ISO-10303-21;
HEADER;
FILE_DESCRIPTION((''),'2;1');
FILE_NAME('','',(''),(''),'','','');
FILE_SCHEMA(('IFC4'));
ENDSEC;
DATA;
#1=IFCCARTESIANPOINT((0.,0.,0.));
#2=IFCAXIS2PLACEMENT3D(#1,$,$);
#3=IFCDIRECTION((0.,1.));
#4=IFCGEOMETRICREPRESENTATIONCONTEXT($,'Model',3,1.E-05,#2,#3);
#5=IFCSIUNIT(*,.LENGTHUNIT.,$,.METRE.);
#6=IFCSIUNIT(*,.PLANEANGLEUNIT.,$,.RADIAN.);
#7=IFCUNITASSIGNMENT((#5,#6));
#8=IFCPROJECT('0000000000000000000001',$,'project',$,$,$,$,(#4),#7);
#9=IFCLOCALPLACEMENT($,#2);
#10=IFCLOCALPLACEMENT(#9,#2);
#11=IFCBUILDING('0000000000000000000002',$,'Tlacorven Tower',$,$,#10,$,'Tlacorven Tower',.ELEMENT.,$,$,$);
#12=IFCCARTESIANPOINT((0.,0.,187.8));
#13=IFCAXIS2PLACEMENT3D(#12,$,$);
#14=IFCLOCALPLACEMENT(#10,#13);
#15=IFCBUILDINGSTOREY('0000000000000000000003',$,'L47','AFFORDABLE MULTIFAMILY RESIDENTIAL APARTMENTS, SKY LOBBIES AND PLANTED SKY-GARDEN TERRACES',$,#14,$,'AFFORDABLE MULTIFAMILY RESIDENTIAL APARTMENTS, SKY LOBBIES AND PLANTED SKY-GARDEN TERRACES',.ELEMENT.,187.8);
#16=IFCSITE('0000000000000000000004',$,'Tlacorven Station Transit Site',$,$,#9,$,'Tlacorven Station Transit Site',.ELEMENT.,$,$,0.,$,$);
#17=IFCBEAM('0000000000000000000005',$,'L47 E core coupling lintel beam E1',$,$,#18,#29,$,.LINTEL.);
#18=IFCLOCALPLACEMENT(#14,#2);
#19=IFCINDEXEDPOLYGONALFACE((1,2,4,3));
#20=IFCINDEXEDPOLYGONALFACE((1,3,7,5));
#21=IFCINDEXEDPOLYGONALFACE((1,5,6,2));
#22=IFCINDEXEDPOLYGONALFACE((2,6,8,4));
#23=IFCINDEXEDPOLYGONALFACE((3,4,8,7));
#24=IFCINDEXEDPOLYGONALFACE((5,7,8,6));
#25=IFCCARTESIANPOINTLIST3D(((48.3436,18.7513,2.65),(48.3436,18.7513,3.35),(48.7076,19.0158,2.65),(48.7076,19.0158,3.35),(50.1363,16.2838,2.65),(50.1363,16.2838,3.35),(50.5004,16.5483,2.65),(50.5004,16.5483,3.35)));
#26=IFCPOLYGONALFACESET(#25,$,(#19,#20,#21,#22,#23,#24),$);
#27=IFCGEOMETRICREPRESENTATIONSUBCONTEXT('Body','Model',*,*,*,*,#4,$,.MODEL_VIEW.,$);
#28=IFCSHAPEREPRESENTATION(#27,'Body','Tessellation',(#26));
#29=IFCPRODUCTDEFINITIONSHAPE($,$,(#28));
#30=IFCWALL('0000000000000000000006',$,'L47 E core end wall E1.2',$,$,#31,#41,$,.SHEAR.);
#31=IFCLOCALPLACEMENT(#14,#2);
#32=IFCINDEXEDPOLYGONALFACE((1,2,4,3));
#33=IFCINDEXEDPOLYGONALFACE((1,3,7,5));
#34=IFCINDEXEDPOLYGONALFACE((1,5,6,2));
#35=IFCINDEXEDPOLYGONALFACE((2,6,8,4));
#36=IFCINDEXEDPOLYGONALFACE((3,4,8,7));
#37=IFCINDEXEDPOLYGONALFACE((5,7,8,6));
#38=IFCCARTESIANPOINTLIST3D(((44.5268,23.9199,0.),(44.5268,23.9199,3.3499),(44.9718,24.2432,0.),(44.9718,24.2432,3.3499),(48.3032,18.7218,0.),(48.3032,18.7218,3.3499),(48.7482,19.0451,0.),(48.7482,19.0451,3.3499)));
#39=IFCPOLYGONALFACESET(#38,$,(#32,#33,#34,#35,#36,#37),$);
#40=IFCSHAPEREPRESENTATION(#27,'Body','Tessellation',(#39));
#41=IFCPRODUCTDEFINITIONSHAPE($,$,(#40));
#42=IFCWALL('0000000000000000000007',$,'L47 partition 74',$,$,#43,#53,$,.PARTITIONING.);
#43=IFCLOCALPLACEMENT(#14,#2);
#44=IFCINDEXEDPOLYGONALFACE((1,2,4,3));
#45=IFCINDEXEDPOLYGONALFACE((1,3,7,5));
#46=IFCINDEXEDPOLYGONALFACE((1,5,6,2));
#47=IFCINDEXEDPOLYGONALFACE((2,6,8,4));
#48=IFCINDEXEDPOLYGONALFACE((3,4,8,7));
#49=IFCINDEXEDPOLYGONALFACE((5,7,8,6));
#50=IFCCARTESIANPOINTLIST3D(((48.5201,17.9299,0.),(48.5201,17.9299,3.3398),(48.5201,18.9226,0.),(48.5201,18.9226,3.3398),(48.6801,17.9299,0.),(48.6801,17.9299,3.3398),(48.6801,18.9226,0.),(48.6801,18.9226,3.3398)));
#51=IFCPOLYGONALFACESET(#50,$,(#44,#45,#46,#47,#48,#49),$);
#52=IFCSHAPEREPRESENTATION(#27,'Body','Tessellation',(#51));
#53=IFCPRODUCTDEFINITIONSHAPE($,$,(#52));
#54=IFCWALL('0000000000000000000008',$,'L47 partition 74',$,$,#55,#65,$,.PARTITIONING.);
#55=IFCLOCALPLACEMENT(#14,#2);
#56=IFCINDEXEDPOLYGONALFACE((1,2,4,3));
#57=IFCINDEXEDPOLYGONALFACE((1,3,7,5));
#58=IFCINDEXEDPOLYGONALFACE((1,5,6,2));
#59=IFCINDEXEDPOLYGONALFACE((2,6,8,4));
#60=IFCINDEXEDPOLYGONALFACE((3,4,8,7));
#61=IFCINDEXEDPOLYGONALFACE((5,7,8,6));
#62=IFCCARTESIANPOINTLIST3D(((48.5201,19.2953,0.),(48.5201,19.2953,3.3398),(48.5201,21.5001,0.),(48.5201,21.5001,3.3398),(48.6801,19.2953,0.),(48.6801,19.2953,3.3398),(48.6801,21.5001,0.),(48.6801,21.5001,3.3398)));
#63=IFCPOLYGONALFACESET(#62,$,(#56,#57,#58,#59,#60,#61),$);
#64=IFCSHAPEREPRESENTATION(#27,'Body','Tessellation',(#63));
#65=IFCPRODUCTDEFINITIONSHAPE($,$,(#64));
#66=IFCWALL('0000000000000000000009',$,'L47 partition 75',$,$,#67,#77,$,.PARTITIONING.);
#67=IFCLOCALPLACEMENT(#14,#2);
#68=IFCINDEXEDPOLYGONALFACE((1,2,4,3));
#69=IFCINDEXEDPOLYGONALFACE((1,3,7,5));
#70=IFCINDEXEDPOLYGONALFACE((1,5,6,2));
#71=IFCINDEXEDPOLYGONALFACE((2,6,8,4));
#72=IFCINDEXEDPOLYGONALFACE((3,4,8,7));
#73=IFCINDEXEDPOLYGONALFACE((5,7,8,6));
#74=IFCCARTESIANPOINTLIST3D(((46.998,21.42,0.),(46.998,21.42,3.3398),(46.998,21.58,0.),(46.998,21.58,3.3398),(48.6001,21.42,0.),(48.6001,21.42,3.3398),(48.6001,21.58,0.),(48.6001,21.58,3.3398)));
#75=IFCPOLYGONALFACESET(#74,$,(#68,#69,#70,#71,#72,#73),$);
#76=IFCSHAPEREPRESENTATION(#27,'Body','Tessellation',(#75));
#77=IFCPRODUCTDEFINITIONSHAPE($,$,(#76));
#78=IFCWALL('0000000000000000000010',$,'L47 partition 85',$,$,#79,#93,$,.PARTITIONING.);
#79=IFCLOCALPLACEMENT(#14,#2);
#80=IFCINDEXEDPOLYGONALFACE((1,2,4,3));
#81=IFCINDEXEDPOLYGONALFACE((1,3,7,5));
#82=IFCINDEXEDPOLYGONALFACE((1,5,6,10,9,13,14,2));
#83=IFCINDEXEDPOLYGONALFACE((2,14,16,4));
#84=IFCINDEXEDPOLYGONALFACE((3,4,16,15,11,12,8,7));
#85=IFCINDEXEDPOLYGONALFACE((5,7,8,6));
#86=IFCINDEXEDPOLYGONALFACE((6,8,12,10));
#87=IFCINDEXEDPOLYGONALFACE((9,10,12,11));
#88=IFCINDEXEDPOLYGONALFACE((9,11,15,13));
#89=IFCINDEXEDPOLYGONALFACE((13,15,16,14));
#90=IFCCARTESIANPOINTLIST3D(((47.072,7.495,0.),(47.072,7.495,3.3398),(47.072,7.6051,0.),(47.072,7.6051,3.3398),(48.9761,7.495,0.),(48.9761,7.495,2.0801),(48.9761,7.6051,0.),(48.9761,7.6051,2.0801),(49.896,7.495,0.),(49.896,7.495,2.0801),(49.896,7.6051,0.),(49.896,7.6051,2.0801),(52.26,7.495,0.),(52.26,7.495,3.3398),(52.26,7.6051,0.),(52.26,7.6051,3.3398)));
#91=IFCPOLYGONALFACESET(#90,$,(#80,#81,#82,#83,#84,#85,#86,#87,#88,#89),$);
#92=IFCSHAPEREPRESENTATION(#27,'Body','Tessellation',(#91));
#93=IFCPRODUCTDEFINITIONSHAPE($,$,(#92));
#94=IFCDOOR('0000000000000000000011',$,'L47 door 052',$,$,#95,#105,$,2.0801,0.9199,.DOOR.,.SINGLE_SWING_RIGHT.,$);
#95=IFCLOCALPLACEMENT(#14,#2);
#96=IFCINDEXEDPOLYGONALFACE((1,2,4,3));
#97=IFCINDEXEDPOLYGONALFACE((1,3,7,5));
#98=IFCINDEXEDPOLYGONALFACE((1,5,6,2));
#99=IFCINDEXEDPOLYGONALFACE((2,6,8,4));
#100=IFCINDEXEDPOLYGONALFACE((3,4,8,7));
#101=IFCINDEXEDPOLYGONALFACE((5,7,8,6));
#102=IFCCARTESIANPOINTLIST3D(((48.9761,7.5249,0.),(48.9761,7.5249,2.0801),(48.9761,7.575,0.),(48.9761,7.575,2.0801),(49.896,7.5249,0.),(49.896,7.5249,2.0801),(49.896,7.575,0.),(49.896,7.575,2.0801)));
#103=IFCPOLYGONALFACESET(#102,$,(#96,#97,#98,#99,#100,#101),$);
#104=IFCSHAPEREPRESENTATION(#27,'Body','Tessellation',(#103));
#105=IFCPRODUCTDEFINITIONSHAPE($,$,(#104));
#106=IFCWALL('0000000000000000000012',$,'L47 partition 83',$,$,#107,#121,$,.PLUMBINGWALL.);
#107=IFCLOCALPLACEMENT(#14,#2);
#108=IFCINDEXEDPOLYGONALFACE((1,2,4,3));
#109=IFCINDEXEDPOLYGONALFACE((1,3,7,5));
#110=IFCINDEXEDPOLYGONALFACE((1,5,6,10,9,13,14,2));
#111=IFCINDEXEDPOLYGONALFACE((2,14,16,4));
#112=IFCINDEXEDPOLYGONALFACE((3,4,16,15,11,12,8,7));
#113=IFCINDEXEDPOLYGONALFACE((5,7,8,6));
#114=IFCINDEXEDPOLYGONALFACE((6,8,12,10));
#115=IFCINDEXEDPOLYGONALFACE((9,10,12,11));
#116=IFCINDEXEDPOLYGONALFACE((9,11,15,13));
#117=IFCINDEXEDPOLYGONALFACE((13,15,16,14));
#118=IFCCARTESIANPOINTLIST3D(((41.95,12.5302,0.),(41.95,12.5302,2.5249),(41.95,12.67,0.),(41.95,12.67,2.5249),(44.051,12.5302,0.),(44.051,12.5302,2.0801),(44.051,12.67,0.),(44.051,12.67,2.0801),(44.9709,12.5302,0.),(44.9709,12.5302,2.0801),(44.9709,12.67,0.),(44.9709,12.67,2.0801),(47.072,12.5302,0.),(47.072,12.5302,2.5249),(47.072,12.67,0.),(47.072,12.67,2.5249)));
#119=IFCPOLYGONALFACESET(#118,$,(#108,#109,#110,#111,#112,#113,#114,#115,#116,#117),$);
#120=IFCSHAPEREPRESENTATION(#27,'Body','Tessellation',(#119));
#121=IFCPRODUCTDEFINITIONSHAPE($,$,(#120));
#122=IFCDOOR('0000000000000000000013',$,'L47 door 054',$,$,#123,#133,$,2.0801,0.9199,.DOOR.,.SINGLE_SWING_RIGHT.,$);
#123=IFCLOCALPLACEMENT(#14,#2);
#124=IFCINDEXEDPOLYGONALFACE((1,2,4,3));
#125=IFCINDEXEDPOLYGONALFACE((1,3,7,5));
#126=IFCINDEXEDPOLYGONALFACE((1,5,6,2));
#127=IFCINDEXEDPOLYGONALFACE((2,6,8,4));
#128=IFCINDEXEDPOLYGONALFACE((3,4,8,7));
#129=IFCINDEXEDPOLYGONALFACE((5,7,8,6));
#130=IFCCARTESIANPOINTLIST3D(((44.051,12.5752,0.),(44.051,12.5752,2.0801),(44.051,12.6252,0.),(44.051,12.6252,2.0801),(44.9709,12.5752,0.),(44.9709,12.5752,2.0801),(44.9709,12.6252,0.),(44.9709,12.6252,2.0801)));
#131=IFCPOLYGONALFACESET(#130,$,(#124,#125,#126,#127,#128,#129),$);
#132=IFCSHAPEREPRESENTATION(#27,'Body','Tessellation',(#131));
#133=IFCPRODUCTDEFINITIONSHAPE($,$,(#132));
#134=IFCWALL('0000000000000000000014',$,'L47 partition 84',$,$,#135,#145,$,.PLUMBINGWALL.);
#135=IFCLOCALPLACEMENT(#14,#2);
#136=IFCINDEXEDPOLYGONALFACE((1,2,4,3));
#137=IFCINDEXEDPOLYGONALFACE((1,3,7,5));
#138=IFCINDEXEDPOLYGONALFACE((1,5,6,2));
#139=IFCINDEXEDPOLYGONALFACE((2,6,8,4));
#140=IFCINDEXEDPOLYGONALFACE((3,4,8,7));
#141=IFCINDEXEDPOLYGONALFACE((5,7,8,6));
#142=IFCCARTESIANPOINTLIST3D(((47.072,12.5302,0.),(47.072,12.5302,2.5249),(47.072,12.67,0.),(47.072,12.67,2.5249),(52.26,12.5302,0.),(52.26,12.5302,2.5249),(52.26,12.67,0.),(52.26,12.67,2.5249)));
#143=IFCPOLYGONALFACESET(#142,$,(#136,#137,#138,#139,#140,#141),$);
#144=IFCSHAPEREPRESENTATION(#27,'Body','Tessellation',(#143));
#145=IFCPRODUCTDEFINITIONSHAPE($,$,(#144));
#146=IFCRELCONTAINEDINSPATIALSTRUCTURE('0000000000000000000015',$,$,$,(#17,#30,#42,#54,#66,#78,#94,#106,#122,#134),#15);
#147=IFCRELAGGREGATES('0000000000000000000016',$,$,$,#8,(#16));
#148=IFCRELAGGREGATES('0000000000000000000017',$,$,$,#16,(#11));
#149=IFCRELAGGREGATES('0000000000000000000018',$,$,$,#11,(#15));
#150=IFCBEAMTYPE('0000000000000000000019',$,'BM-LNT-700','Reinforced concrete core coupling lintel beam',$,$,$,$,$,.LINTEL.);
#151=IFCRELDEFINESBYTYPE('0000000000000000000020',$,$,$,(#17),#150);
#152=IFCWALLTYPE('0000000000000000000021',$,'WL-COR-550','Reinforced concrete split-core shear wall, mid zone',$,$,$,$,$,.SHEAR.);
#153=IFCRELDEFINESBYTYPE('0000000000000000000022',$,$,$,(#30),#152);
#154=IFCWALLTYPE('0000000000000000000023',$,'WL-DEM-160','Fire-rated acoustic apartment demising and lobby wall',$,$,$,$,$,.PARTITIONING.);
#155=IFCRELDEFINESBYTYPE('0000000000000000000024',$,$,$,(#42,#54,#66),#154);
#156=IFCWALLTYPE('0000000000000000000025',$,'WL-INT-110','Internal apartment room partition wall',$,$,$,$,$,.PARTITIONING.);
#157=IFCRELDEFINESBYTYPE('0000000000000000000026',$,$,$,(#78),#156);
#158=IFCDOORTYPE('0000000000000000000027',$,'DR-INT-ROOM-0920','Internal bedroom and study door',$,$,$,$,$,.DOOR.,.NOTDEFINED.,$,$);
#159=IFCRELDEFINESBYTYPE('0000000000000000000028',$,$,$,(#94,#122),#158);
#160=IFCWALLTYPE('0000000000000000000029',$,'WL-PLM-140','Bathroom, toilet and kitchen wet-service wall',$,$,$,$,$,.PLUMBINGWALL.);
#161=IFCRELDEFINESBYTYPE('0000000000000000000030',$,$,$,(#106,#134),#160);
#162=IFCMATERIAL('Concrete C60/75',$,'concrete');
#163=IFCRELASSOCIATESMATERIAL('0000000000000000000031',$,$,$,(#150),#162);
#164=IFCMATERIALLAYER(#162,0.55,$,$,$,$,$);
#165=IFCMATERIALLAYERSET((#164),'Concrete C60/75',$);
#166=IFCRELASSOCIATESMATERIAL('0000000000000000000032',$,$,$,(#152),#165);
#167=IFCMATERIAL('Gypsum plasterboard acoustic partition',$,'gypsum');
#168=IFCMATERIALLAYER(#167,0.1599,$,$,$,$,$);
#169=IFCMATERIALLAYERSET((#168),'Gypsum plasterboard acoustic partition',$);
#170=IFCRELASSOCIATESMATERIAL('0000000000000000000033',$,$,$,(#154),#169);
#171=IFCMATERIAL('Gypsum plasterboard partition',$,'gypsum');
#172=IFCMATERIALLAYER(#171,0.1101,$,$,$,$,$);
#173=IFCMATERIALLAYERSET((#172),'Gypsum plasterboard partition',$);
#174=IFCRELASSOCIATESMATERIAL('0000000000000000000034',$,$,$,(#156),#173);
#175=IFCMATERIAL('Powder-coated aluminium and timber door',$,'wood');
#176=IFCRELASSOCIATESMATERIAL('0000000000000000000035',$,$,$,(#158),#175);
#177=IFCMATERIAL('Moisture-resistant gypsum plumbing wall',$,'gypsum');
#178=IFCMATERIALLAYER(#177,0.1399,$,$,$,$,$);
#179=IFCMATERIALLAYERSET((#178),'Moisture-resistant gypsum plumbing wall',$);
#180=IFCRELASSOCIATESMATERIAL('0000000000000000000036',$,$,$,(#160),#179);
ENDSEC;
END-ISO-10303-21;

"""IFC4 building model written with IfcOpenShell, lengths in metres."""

from ifc_helpers import new_model, si_unit, direction, frame, frame_2d, origin, origin_2d, place, context, subcontext, project, spatial, rectangle, extrude, source, transform, mapped, material, layer, layer_set, material_profile, profile_set, type_object, element, fill, save


model = new_model("IFC4")

# Units and contexts
model_context = context("Model", 3, precision=1e-05, world=origin(), true_north=direction((0.0, 1.0)))
body_context = subcontext(model_context, "Body", "Model", "MODEL_VIEW")
ifc_project = project(units=[si_unit("LENGTHUNIT", "METRE"), si_unit("PLANEANGLEUNIT", "RADIAN")], contexts=[model_context])

# Site, building, storey
site_placement = place(None, origin())
site = spatial("IfcSite", under=ifc_project, at=site_placement, Name="Tlacorven Station Transit Site", LongName="Tlacorven Station Transit Site", CompositionType="ELEMENT", RefElevation=0.0)
building_placement = place(site_placement, origin())
building = spatial("IfcBuilding", under=site, at=building_placement, Name="Tlacorven Tower", LongName="Tlacorven Tower", CompositionType="ELEMENT")
storey_placement = place(building_placement, frame((0.0, 0.0, 187.8)))
storey = spatial("IfcBuildingStorey", under=building, at=storey_placement, Name="L47", Description="AFFORDABLE MULTIFAMILY RESIDENTIAL APARTMENTS, SKY LOBBIES AND PLANTED SKY-GARDEN TERRACES", LongName="AFFORDABLE MULTIFAMILY RESIDENTIAL APARTMENTS, SKY LOBBIES AND PLANTED SKY-GARDEN TERRACES", CompositionType="ELEMENT", Elevation=187.8)

# Beam
ifc_material_1 = material(Name="Concrete C60/75", Category="concrete")
ifc_material_profile = material_profile(ifc_material_1, rectangle(XDim=0.45, YDim=0.7, at=origin_2d()), Name="RC 450X700")
ifc_profile_set = profile_set([ifc_material_profile], Name="Concrete C60/75")
beam_type = type_object("IfcBeamType", Name="BM-LNT-700", Description="Reinforced concrete core coupling lintel beam", PredefinedType="LINTEL", material=ifc_profile_set)
shared_shape_1 = source(origin(), body_context, "Body", "SweptSolid", [
    extrude(rectangle(XDim=0.45, YDim=0.7, at=origin_2d()), origin(), (0.0, 0.0, 1.0), 3.05),
])
beam_placement = place(storey_placement, frame((50.3184, 16.416, 3.0), z_axis=(-0.587777, 0.809023, 0.0), x_axis=(-0.809023, -0.587777, 0.0)))
element("IfcBeam", 1, at=beam_placement, inside=storey, type_object=beam_type, Name="L47 E core coupling lintel beam E1", PredefinedType="LINTEL", context=body_context, shape_type="MappedRepresentation", body=[
    mapped(shared_shape_1, transform((0.0, 0.0, 0.0), scale=1.0)),
])

# Walls
ifc_layer_1 = layer(ifc_material_1, 0.55)
ifc_layer_set_1 = layer_set([ifc_layer_1], Name="Concrete C60/75")
wall_type_1 = type_object("IfcWallType", Name="WL-COR-550", Description="Reinforced concrete split-core shear wall, mid zone", PredefinedType="SHEAR", material=ifc_layer_set_1)
wall_1_placement = place(storey_placement, frame((48.5256, 18.8835, 0.0), z_axis=(0.0, 0.0, 1.0), x_axis=(-0.587765, 0.809032, 0.0)))
element("IfcWall", 2, at=wall_1_placement, inside=storey, type_object=wall_type_1, Name="L47 E core end wall E1.2", PredefinedType="SHEAR", context=body_context, shape_type="SweptSolid", body=[
    extrude(rectangle(XDim=6.425, YDim=0.55, at=frame_2d((3.2124, 0.0))), origin(), (0.0, 0.0, 1.0), 3.3499),
])
ifc_material_2 = material(Name="Gypsum plasterboard acoustic partition", Category="gypsum")
ifc_layer_2 = layer(ifc_material_2, 0.1599)
ifc_layer_set_2 = layer_set([ifc_layer_2], Name="Gypsum plasterboard acoustic partition")
wall_type_2 = type_object("IfcWallType", Name="WL-DEM-160", Description="Fire-rated acoustic apartment demising and lobby wall", PredefinedType="PARTITIONING", material=ifc_layer_set_2)
wall_2_placement = place(storey_placement, frame((48.6001, 17.9299, 0.0), z_axis=(0.0, 0.0, 1.0), x_axis=(0.0, 1.0, 0.0)))
element("IfcWall", 3, at=wall_2_placement, inside=storey, type_object=wall_type_2, Name="L47 partition 74", PredefinedType="PARTITIONING", context=body_context, shape_type="SweptSolid", body=[
    extrude(rectangle(XDim=0.9927, YDim=0.1599, at=frame_2d((0.4963, 0.0))), origin(), (0.0, 0.0, 1.0), 3.3398),
])
wall_3_placement = place(storey_placement, frame((48.6001, 19.2952, 0.0), z_axis=(0.0, 0.0, 1.0), x_axis=(0.0, 1.0, 0.0)))
element("IfcWall", 4, at=wall_3_placement, inside=storey, type_object=wall_type_2, Name="L47 partition 74", PredefinedType="PARTITIONING", context=body_context, shape_type="SweptSolid", body=[
    extrude(rectangle(XDim=2.2048, YDim=0.1599, at=frame_2d((1.1025, 0.0))), origin(), (0.0, 0.0, 1.0), 3.3398),
])
wall_4_placement = place(storey_placement, frame((46.998, 21.5, 0.0), z_axis=(0.0, 0.0, 1.0), x_axis=(1.0, 0.0, 0.0)))
element("IfcWall", 5, at=wall_4_placement, inside=storey, type_object=wall_type_2, Name="L47 partition 75", PredefinedType="PARTITIONING", context=body_context, shape_type="SweptSolid", body=[
    extrude(rectangle(XDim=1.6021, YDim=0.1599, at=frame_2d((0.801, 0.0))), origin(), (0.0, 0.0, 1.0), 3.3398),
])

# Walls, openings, doors
ifc_material_3 = material(Name="Gypsum plasterboard partition", Category="gypsum")
ifc_layer_3 = layer(ifc_material_3, 0.1101)
ifc_layer_set_3 = layer_set([ifc_layer_3], Name="Gypsum plasterboard partition")
wall_type_3 = type_object("IfcWallType", Name="WL-INT-110", Description="Internal apartment room partition wall", PredefinedType="PARTITIONING", material=ifc_layer_set_3)
wall_5_placement = place(storey_placement, frame((47.072, 7.55, 0.0), z_axis=(0.0, 0.0, 1.0), x_axis=(1.0, 0.0, 0.0)))
wall_5 = element("IfcWall", 6, at=wall_5_placement, inside=storey, type_object=wall_type_3, Name="L47 partition 85", PredefinedType="PARTITIONING", context=body_context, shape_type="SweptSolid", body=[
    extrude(rectangle(XDim=5.188, YDim=0.1101, at=frame_2d((2.594, 0.0))), origin(), (0.0, 0.0, 1.0), 3.3398),
])
opening_1_placement = place(wall_5_placement, frame((1.9041, 0.0, 0.0)))
opening_1 = element("IfcOpeningElement", 7, at=opening_1_placement, cuts=wall_5, PredefinedType="OPENING", context=body_context, shape_type="SweptSolid", body=[
    extrude(rectangle(XDim=0.9199, YDim=2.0801, at=frame_2d((0.46, 1.04))), frame((0.0, 0.0649, 0.0), z_axis=(0.0, -1.0, 0.0), x_axis=(1.0, 0.0, 0.0)), (0.0, 0.0, 1.0), 0.1301),
])
ifc_material_4 = material(Name="Powder-coated aluminium and timber door", Category="wood")
door_type_1 = type_object("IfcDoorType", Name="DR-INT-ROOM-0920", Description="Internal bedroom and study door", OperationType="NOTDEFINED", PredefinedType="DOOR", material=ifc_material_4)
shared_shape_2 = source(origin(), body_context, "Body", "SweptSolid", [
    extrude(rectangle(XDim=0.9199, YDim=2.0801, at=frame_2d((0.46, 1.04))), frame((0.0, 0.0249, 0.0), z_axis=(0.0, -1.0, 0.0), x_axis=(1.0, 0.0, 0.0)), (0.0, 0.0, 1.0), 0.05),
])
door_1_placement = place(opening_1_placement, origin())
door_1 = element("IfcDoor", 8, at=door_1_placement, inside=storey, type_object=door_type_1, Name="L47 door 052", OperationType="SINGLE_SWING_RIGHT", OverallHeight=2.0801, OverallWidth=0.9199, PredefinedType="DOOR", context=body_context, shape_type="MappedRepresentation", body=[
    mapped(shared_shape_2, transform((0.0, 0.0, 0.0), scale=1.0)),
])
fill(opening_1, door_1)
ifc_material_5 = material(Name="Moisture-resistant gypsum plumbing wall", Category="gypsum")
ifc_layer_4 = layer(ifc_material_5, 0.1399)
ifc_layer_set_4 = layer_set([ifc_layer_4], Name="Moisture-resistant gypsum plumbing wall")
wall_type_4 = type_object("IfcWallType", Name="WL-PLM-140", Description="Bathroom, toilet and kitchen wet-service wall", PredefinedType="PLUMBINGWALL", material=ifc_layer_set_4)
wall_6_placement = place(storey_placement, frame((41.95, 12.6001, 0.0), z_axis=(0.0, 0.0, 1.0), x_axis=(1.0, 0.0, 0.0)))
wall_6 = element("IfcWall", 9, at=wall_6_placement, inside=storey, type_object=wall_type_4, Name="L47 partition 83", PredefinedType="PLUMBINGWALL", context=body_context, shape_type="SweptSolid", body=[
    extrude(rectangle(XDim=5.1221, YDim=0.1399, at=frame_2d((2.561, 0.0))), origin(), (0.0, 0.0, 1.0), 2.5249),
])
opening_2_placement = place(wall_6_placement, frame((2.1011, 0.0, 0.0)))
opening_2 = element("IfcOpeningElement", 10, at=opening_2_placement, cuts=wall_6, PredefinedType="OPENING", context=body_context, shape_type="SweptSolid", body=[
    extrude(rectangle(XDim=0.9199, YDim=2.0801, at=frame_2d((0.46, 1.04))), frame((0.0, 0.0801, 0.0), z_axis=(0.0, -1.0, 0.0), x_axis=(1.0, 0.0, 0.0)), (0.0, 0.0, 1.0), 0.1599),
])
door_2_placement = place(opening_2_placement, frame((0.9199, 0.0, 0.0), z_axis=(0.0, 0.0, 1.0), x_axis=(-1.0, 0.0, 0.0)))
door_2 = element("IfcDoor", 11, at=door_2_placement, inside=storey, type_object=door_type_1, Name="L47 door 054", OperationType="SINGLE_SWING_RIGHT", OverallHeight=2.0801, OverallWidth=0.9199, PredefinedType="DOOR", context=body_context, shape_type="MappedRepresentation", body=[
    mapped(shared_shape_2, transform((0.0, 0.0, 0.0), scale=1.0)),
])
fill(opening_2, door_2)

# Wall
wall_7_placement = place(storey_placement, frame((47.072, 12.6001, 0.0), z_axis=(0.0, 0.0, 1.0), x_axis=(1.0, 0.0, 0.0)))
element("IfcWall", 12, at=wall_7_placement, inside=storey, type_object=wall_type_4, Name="L47 partition 84", PredefinedType="PLUMBINGWALL", context=body_context, shape_type="SweptSolid", body=[
    extrude(rectangle(XDim=5.188, YDim=0.1399, at=frame_2d((2.594, 0.0))), origin(), (0.0, 0.0, 1.0), 2.5249),
])

save(model, "model.ifc")
